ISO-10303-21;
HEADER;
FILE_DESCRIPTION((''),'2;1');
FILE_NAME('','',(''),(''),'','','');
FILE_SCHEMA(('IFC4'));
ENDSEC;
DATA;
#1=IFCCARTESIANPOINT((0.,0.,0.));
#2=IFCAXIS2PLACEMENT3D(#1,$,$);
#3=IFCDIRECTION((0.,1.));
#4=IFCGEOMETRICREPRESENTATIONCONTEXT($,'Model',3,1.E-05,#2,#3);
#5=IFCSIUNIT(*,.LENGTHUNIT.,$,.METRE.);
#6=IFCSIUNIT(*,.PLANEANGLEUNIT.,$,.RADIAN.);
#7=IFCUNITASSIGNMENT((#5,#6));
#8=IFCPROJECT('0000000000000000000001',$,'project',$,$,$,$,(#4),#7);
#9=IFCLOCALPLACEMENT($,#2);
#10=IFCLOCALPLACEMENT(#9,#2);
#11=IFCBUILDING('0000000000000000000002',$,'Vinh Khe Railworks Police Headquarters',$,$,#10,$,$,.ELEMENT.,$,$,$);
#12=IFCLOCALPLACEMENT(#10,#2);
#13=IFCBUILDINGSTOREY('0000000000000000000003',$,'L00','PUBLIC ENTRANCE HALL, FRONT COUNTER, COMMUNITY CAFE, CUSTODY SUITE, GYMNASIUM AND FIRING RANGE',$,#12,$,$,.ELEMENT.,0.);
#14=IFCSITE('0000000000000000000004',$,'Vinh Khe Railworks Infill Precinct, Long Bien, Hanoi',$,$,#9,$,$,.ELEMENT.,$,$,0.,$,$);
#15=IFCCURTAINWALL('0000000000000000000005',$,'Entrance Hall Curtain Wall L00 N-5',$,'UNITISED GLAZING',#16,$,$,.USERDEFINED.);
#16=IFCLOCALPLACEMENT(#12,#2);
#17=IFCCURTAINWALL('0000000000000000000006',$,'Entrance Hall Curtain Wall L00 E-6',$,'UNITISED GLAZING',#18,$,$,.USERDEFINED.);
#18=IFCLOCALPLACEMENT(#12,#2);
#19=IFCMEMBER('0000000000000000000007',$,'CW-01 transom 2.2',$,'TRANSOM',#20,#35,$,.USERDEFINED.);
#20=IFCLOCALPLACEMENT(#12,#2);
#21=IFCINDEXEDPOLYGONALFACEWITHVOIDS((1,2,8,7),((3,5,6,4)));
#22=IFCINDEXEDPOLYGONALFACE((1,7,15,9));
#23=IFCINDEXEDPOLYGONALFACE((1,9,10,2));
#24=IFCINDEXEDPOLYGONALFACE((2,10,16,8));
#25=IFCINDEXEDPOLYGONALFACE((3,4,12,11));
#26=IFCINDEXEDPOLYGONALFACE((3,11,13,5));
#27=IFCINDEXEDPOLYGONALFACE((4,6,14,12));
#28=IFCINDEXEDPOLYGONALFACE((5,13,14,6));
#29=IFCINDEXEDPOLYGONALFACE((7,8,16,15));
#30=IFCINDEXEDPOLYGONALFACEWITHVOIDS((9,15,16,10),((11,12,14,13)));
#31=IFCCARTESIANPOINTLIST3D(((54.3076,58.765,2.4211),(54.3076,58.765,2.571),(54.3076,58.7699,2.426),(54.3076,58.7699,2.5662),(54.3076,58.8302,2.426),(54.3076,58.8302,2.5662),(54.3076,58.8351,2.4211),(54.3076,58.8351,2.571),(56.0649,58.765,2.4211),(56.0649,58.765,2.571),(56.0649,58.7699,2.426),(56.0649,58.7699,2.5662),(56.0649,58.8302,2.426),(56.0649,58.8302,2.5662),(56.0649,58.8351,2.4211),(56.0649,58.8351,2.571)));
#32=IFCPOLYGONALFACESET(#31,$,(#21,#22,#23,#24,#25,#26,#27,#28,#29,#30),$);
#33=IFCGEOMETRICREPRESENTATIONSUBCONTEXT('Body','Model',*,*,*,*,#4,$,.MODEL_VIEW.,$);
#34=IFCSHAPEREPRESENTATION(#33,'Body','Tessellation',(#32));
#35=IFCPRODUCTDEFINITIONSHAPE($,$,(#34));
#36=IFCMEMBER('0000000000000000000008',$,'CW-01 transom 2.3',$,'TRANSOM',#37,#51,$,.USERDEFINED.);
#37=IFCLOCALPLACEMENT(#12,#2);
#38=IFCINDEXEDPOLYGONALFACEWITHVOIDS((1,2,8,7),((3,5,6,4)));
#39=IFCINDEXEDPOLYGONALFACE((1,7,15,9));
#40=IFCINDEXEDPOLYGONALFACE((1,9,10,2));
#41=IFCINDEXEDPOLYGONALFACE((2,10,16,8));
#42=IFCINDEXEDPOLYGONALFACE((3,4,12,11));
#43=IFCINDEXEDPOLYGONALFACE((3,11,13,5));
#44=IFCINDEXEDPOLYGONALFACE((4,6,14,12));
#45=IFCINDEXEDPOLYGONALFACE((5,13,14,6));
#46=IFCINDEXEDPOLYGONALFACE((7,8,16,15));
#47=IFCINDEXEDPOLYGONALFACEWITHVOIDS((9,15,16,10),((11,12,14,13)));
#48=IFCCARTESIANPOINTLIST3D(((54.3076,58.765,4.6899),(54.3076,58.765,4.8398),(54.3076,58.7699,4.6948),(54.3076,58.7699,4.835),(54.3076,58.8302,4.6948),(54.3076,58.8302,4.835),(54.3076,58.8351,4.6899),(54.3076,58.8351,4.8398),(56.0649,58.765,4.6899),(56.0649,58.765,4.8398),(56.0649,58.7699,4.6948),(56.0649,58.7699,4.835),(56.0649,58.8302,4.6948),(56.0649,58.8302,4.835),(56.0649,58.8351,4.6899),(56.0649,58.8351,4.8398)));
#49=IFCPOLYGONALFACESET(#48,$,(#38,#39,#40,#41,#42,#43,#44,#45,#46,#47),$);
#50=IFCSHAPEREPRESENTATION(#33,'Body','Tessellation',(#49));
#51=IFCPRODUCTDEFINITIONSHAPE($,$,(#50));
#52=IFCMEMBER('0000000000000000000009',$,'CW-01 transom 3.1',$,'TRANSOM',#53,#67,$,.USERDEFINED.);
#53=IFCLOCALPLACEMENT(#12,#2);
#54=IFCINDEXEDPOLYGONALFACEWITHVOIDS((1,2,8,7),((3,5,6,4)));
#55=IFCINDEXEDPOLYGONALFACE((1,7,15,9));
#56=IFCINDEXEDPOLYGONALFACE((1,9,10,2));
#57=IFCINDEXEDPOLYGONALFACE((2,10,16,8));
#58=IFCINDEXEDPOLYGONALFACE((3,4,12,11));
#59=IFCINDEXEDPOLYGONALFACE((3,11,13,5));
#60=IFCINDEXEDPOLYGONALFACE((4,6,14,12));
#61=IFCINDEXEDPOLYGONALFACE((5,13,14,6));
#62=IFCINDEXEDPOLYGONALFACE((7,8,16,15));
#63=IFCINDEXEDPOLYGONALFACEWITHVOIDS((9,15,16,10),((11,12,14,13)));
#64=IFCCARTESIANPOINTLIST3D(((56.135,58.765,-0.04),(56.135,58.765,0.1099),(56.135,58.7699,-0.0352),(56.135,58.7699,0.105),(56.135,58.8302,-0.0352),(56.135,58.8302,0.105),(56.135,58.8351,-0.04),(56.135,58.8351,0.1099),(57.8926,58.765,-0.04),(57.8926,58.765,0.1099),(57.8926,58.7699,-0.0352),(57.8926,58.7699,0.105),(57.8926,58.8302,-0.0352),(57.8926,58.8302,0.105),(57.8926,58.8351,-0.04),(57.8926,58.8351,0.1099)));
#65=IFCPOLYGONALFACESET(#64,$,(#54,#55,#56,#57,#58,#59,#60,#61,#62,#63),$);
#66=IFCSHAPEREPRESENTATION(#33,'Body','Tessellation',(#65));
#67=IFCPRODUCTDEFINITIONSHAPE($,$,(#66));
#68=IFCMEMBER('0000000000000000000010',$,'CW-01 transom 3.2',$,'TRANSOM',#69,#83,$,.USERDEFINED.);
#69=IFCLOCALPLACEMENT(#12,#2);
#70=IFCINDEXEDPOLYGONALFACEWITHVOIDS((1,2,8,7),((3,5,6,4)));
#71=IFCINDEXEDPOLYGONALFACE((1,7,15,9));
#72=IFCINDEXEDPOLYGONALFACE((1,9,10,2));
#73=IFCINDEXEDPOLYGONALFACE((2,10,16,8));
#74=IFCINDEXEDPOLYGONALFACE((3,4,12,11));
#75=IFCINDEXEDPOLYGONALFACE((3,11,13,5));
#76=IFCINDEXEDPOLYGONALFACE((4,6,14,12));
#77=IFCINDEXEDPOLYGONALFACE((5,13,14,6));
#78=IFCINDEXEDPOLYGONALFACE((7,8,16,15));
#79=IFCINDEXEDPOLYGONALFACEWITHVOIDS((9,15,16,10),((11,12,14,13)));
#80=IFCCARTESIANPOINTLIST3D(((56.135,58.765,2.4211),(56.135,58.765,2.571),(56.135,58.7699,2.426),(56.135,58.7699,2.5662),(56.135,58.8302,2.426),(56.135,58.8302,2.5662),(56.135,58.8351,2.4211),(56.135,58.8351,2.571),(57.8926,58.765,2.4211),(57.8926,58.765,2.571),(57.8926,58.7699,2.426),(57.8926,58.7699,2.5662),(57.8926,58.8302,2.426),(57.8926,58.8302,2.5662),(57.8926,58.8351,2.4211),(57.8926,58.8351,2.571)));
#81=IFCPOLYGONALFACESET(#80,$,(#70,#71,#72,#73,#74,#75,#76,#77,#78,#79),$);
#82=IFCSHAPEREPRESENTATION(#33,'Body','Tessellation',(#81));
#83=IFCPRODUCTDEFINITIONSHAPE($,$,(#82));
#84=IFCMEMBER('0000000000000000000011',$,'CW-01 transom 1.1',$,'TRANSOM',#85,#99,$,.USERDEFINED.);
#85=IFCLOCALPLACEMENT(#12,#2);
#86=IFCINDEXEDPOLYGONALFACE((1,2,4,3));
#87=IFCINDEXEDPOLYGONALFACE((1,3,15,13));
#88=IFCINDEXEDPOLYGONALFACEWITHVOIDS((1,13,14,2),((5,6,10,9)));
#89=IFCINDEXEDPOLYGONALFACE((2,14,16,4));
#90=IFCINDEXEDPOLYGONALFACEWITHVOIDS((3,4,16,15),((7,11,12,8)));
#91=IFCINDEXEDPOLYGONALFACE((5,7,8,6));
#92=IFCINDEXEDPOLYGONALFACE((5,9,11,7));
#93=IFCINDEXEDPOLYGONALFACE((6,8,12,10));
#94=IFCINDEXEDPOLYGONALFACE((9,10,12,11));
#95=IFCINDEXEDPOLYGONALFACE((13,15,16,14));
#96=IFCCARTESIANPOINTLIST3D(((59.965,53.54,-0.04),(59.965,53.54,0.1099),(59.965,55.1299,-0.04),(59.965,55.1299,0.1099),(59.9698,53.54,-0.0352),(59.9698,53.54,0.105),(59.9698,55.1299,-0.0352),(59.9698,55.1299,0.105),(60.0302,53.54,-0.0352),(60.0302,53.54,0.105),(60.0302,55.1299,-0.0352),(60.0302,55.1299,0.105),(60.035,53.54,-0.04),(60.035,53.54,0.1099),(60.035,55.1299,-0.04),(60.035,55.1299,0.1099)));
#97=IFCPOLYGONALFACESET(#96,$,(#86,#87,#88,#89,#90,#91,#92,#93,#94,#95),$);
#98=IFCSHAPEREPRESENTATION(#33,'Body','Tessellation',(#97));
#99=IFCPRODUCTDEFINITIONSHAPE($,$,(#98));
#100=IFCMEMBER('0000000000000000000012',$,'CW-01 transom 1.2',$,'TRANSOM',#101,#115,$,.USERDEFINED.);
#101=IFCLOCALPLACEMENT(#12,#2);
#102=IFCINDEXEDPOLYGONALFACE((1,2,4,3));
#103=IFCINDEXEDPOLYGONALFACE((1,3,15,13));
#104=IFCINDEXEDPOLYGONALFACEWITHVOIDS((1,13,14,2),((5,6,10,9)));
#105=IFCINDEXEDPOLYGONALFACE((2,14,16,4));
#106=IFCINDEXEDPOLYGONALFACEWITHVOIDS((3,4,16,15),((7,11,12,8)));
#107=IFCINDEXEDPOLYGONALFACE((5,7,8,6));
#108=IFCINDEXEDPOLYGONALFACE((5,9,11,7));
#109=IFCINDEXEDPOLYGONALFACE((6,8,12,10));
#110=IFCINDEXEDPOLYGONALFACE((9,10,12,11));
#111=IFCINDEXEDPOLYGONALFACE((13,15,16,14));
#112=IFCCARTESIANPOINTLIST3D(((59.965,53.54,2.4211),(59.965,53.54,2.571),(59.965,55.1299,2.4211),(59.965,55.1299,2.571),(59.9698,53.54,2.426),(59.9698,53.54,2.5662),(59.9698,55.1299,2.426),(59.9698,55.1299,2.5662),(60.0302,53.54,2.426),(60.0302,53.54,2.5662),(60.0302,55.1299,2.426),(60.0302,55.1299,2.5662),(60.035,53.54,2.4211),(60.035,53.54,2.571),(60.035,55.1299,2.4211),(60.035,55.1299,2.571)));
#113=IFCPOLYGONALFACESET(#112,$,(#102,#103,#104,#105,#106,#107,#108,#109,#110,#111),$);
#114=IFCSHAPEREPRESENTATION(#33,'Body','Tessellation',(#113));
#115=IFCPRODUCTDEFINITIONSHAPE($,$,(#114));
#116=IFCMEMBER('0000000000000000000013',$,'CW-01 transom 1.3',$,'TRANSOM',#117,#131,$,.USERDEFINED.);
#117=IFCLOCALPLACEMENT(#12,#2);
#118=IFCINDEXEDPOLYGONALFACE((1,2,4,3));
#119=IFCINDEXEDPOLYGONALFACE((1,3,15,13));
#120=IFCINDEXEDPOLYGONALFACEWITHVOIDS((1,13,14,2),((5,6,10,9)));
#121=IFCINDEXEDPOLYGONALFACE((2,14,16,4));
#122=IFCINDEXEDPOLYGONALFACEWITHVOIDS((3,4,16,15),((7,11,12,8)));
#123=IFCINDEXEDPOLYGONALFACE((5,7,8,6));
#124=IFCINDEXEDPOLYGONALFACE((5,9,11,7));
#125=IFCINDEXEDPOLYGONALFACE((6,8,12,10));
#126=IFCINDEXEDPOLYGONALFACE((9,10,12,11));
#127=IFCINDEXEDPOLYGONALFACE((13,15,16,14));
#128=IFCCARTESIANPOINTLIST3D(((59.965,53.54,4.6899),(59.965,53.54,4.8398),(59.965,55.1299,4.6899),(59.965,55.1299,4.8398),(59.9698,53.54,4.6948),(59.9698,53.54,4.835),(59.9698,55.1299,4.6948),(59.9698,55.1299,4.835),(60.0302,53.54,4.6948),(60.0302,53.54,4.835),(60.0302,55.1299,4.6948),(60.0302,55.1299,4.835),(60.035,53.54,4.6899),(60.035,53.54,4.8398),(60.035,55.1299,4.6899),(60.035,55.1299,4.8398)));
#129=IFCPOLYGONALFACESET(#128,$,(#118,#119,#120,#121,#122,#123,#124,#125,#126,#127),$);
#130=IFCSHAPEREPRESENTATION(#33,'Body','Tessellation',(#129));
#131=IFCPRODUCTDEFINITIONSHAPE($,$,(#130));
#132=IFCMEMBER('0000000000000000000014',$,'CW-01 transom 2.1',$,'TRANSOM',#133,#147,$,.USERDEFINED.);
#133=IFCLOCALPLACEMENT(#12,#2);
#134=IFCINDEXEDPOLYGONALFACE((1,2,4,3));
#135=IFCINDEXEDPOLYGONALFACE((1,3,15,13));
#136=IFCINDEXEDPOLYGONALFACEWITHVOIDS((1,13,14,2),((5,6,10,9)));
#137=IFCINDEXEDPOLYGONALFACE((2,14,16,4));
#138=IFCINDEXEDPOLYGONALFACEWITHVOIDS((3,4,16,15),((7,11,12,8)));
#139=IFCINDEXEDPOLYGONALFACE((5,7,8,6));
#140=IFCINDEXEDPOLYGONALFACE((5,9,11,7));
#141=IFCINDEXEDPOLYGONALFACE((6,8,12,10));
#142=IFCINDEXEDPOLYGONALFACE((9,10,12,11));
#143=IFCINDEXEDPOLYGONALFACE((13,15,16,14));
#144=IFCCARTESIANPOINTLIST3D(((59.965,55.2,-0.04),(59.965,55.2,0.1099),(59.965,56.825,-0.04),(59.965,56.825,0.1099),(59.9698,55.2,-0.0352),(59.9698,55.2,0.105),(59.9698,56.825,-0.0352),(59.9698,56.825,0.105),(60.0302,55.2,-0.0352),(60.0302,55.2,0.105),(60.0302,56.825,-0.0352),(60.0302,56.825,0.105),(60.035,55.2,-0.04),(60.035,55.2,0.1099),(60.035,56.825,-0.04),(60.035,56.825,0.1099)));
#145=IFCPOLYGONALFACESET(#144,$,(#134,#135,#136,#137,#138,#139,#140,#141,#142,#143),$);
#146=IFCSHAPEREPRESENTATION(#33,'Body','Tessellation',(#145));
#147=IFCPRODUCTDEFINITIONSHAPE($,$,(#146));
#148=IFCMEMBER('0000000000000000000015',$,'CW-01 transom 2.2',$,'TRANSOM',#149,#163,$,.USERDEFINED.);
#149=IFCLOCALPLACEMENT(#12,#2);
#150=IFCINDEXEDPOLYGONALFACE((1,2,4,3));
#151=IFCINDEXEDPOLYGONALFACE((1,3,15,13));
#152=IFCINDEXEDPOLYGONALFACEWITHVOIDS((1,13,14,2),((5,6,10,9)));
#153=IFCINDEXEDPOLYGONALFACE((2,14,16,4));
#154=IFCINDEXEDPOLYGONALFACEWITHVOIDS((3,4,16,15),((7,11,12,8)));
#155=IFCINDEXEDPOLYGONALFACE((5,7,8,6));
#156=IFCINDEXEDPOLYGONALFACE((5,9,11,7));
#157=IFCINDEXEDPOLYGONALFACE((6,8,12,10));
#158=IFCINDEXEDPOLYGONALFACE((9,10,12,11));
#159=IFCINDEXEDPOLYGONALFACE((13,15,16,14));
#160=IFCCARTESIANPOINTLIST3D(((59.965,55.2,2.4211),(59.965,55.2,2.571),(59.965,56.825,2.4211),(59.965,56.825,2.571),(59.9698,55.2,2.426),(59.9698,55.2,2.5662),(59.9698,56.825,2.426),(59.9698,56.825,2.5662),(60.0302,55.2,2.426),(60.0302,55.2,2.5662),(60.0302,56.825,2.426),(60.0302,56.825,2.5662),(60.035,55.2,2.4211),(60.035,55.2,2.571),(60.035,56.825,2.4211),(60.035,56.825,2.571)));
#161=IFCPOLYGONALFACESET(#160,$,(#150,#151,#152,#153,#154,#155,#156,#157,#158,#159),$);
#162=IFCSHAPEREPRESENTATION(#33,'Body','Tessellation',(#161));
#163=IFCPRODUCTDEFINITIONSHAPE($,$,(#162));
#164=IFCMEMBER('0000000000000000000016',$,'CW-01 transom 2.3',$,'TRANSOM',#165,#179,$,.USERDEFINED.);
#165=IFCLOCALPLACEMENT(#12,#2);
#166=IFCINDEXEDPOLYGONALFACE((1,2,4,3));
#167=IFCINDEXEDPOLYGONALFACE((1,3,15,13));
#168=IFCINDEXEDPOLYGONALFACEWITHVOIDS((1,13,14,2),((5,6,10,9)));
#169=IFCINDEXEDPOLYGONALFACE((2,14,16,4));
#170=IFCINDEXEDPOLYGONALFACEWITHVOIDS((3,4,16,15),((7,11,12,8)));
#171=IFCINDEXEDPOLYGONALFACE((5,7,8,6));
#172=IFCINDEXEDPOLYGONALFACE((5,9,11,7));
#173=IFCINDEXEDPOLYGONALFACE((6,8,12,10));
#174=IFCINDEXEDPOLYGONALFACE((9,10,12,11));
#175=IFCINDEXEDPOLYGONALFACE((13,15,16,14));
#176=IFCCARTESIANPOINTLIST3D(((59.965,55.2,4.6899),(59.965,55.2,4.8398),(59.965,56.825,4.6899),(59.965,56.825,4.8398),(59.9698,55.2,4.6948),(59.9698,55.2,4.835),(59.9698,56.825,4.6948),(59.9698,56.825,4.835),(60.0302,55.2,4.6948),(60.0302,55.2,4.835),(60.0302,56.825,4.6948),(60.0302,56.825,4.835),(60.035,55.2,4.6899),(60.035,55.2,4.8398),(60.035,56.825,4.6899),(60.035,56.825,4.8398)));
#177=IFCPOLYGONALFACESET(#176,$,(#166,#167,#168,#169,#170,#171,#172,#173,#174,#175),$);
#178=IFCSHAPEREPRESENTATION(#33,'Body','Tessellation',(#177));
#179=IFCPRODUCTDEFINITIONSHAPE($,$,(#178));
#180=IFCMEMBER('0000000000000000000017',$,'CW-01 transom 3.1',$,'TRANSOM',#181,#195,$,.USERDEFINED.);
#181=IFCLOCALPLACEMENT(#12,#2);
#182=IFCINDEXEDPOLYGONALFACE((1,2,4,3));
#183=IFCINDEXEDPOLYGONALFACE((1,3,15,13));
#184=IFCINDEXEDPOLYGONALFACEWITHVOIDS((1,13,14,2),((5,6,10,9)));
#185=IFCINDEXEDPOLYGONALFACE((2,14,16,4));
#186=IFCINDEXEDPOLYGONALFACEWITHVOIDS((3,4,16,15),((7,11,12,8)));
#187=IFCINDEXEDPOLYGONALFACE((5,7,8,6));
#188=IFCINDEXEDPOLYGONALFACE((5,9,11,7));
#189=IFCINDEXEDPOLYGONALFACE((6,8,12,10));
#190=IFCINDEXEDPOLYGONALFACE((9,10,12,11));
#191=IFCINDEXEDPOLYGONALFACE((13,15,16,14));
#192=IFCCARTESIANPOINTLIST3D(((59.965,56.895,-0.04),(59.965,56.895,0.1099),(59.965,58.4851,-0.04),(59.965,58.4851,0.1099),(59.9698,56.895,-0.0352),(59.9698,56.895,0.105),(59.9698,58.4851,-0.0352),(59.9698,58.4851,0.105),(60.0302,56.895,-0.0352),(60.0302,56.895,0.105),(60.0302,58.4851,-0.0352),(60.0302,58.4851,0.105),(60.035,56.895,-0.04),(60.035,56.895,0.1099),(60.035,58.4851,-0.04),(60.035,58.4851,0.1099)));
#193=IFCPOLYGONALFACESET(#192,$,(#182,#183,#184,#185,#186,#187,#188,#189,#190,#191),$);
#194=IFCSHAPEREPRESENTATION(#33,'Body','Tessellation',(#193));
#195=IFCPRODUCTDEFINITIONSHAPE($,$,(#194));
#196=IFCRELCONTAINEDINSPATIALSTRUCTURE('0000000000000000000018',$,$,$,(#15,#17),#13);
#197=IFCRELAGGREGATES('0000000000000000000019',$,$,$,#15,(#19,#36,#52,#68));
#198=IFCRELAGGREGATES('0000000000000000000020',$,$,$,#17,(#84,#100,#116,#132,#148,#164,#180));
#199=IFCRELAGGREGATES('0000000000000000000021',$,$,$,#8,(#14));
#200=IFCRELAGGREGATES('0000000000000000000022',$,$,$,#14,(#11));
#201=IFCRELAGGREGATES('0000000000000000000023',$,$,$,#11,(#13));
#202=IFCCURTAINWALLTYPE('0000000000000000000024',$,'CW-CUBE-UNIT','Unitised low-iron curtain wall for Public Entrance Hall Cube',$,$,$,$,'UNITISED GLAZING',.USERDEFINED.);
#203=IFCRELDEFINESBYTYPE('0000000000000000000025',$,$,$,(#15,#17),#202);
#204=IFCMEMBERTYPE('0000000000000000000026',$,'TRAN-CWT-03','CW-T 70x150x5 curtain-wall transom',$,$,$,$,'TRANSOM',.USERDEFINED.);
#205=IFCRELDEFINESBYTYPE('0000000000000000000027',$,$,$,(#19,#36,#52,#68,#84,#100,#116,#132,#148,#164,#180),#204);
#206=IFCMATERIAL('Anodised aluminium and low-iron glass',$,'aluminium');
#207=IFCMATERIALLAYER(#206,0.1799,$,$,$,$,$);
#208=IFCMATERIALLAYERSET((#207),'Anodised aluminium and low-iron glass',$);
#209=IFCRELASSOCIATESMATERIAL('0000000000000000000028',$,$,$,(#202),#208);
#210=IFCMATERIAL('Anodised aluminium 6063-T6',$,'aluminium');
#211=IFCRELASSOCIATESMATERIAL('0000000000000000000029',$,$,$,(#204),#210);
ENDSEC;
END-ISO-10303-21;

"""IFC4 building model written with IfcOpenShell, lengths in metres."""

from ifc_helpers import new_model, si_unit, direction, frame, origin, origin_2d, place, context, subcontext, project, spatial, hollow_rectangle, extrude, material, layer, layer_set, material_profile, profile_set, type_object, element, aggregate, save


model = new_model("IFC4")

# Units and contexts
model_context = context("Model", 3, precision=1e-05, world=origin(), true_north=direction((0.0, 1.0)))
body_context = subcontext(model_context, "Body", "Model", "MODEL_VIEW")
ifc_project = project(units=[si_unit("LENGTHUNIT", "METRE"), si_unit("PLANEANGLEUNIT", "RADIAN")], contexts=[model_context])

# Site, building, storey
site_placement = place(None, origin())
site = spatial("IfcSite", under=ifc_project, at=site_placement, Name="Vinh Khe Railworks Infill Precinct, Long Bien, Hanoi", CompositionType="ELEMENT", RefElevation=0.0)
building_placement = place(site_placement, origin())
building = spatial("IfcBuilding", under=site, at=building_placement, Name="Vinh Khe Railworks Police Headquarters", CompositionType="ELEMENT")
storey_placement = place(building_placement, origin())
storey = spatial("IfcBuildingStorey", under=building, at=storey_placement, Name="L00", Description="PUBLIC ENTRANCE HALL, FRONT COUNTER, COMMUNITY CAFE, CUSTODY SUITE, GYMNASIUM AND FIRING RANGE", CompositionType="ELEMENT", Elevation=0.0)

# Curtain walls
ifc_material_1 = material(Name="Anodised aluminium and low-iron glass", Category="aluminium")
ifc_layer_1 = layer(ifc_material_1, 0.1799)
ifc_layer_set_1 = layer_set([ifc_layer_1], Name="Anodised aluminium and low-iron glass")
curtain_wall_type = type_object("IfcCurtainWallType", Name="CW-CUBE-UNIT", Description="Unitised low-iron curtain wall for Public Entrance Hall Cube", ElementType="UNITISED GLAZING", PredefinedType="USERDEFINED", material=ifc_layer_set_1)
curtain_wall_1_placement = place(storey_placement, origin())
curtain_wall_1 = element("IfcCurtainWall", 1, at=curtain_wall_1_placement, inside=storey, type_object=curtain_wall_type, Name="Entrance Hall Curtain Wall L00 N-5", ObjectType="UNITISED GLAZING", PredefinedType="USERDEFINED")
ifc_material_2 = material(Name="Anodised aluminium 6063-T6", Category="aluminium")
curtain_wall_2_placement = place(storey_placement, origin())
curtain_wall_2 = element("IfcCurtainWall", 2, at=curtain_wall_2_placement, inside=storey, type_object=curtain_wall_type, Name="Entrance Hall Curtain Wall L00 E-6", ObjectType="UNITISED GLAZING", PredefinedType="USERDEFINED")

# Members
ifc_material_profile_1 = material_profile(ifc_material_2, hollow_rectangle(XDim=0.0701, YDim=0.1499, WallThickness=0.0049, at=origin_2d()), Name="CW-T 70x150x5")
ifc_profile_set_1 = profile_set([ifc_material_profile_1], Name="Anodised aluminium 6063-T6")
member_type_1 = type_object("IfcMemberType", Name="TRAN-CWT-03", Description="CW-T 70x150x5 curtain-wall transom", ElementType="TRANSOM", PredefinedType="USERDEFINED", material=ifc_profile_set_1)
member_1_placement = place(storey_placement, frame((54.3076, 58.8, 2.4961), z_axis=(1.0, 0.0, 0.0), x_axis=(0.0, 1.0, 0.0)))
member_1 = element("IfcMember", 3, at=member_1_placement, type_object=member_type_1, Name="CW-01 transom 2.2", ObjectType="TRANSOM", PredefinedType="USERDEFINED", context=body_context, shape_type="SweptSolid", body=[
    extrude(hollow_rectangle(XDim=0.0701, YDim=0.1499, WallThickness=0.0049, at=origin_2d()), origin(), (0.0, 0.0, 1.0), 1.7573),
])
member_2_placement = place(storey_placement, frame((54.3076, 58.8, 4.7649), z_axis=(1.0, 0.0, 0.0), x_axis=(0.0, 1.0, 0.0)))
member_2 = element("IfcMember", 4, at=member_2_placement, type_object=member_type_1, Name="CW-01 transom 2.3", ObjectType="TRANSOM", PredefinedType="USERDEFINED", context=body_context, shape_type="SweptSolid", body=[
    extrude(hollow_rectangle(XDim=0.0701, YDim=0.1499, WallThickness=0.0049, at=origin_2d()), origin(), (0.0, 0.0, 1.0), 1.7573),
])
member_3_placement = place(storey_placement, frame((56.135, 58.8, 0.0349), z_axis=(1.0, 0.0, 0.0), x_axis=(0.0, 1.0, 0.0)))
member_3 = element("IfcMember", 5, at=member_3_placement, type_object=member_type_1, Name="CW-01 transom 3.1", ObjectType="TRANSOM", PredefinedType="USERDEFINED", context=body_context, shape_type="SweptSolid", body=[
    extrude(hollow_rectangle(XDim=0.0701, YDim=0.1499, WallThickness=0.0049, at=origin_2d()), origin(), (0.0, 0.0, 1.0), 1.7576),
])
member_4_placement = place(storey_placement, frame((56.135, 58.8, 2.4961), z_axis=(1.0, 0.0, 0.0), x_axis=(0.0, 1.0, 0.0)))
member_4 = element("IfcMember", 6, at=member_4_placement, type_object=member_type_1, Name="CW-01 transom 3.2", ObjectType="TRANSOM", PredefinedType="USERDEFINED", context=body_context, shape_type="SweptSolid", body=[
    extrude(hollow_rectangle(XDim=0.0701, YDim=0.1499, WallThickness=0.0049, at=origin_2d()), origin(), (0.0, 0.0, 1.0), 1.7576),
])
member_5_placement = place(storey_placement, frame((60.0, 53.54, 0.0349), z_axis=(0.0, 1.0, 0.0), x_axis=(-1.0, 0.0, 0.0)))
member_5 = element("IfcMember", 7, at=member_5_placement, type_object=member_type_1, Name="CW-01 transom 1.1", ObjectType="TRANSOM", PredefinedType="USERDEFINED", context=body_context, shape_type="SweptSolid", body=[
    extrude(hollow_rectangle(XDim=0.0701, YDim=0.1499, WallThickness=0.0049, at=origin_2d()), origin(), (0.0, 0.0, 1.0), 1.5898),
])
member_6_placement = place(storey_placement, frame((60.0, 53.54, 2.4961), z_axis=(0.0, 1.0, 0.0), x_axis=(-1.0, 0.0, 0.0)))
member_6 = element("IfcMember", 8, at=member_6_placement, type_object=member_type_1, Name="CW-01 transom 1.2", ObjectType="TRANSOM", PredefinedType="USERDEFINED", context=body_context, shape_type="SweptSolid", body=[
    extrude(hollow_rectangle(XDim=0.0701, YDim=0.1499, WallThickness=0.0049, at=origin_2d()), origin(), (0.0, 0.0, 1.0), 1.5898),
])
member_7_placement = place(storey_placement, frame((60.0, 53.54, 4.7649), z_axis=(0.0, 1.0, 0.0), x_axis=(-1.0, 0.0, 0.0)))
member_7 = element("IfcMember", 9, at=member_7_placement, type_object=member_type_1, Name="CW-01 transom 1.3", ObjectType="TRANSOM", PredefinedType="USERDEFINED", context=body_context, shape_type="SweptSolid", body=[
    extrude(hollow_rectangle(XDim=0.0701, YDim=0.1499, WallThickness=0.0049, at=origin_2d()), origin(), (0.0, 0.0, 1.0), 1.5898),
])
member_8_placement = place(storey_placement, frame((60.0, 55.2, 0.0349), z_axis=(0.0, 1.0, 0.0), x_axis=(-1.0, 0.0, 0.0)))
member_8 = element("IfcMember", 10, at=member_8_placement, type_object=member_type_1, Name="CW-01 transom 2.1", ObjectType="TRANSOM", PredefinedType="USERDEFINED", context=body_context, shape_type="SweptSolid", body=[
    extrude(hollow_rectangle(XDim=0.0701, YDim=0.1499, WallThickness=0.0049, at=origin_2d()), origin(), (0.0, 0.0, 1.0), 1.625),
])
member_9_placement = place(storey_placement, frame((60.0, 55.2, 2.4961), z_axis=(0.0, 1.0, 0.0), x_axis=(-1.0, 0.0, 0.0)))
member_9 = element("IfcMember", 11, at=member_9_placement, type_object=member_type_1, Name="CW-01 transom 2.2", ObjectType="TRANSOM", PredefinedType="USERDEFINED", context=body_context, shape_type="SweptSolid", body=[
    extrude(hollow_rectangle(XDim=0.0701, YDim=0.1499, WallThickness=0.0049, at=origin_2d()), origin(), (0.0, 0.0, 1.0), 1.625),
])
member_10_placement = place(storey_placement, frame((60.0, 55.2, 4.7649), z_axis=(0.0, 1.0, 0.0), x_axis=(-1.0, 0.0, 0.0)))
member_10 = element("IfcMember", 12, at=member_10_placement, type_object=member_type_1, Name="CW-01 transom 2.3", ObjectType="TRANSOM", PredefinedType="USERDEFINED", context=body_context, shape_type="SweptSolid", body=[
    extrude(hollow_rectangle(XDim=0.0701, YDim=0.1499, WallThickness=0.0049, at=origin_2d()), origin(), (0.0, 0.0, 1.0), 1.625),
])
member_11_placement = place(storey_placement, frame((60.0, 56.895, 0.0349), z_axis=(0.0, 1.0, 0.0), x_axis=(-1.0, 0.0, 0.0)))
member_11 = element("IfcMember", 13, at=member_11_placement, type_object=member_type_1, Name="CW-01 transom 3.1", ObjectType="TRANSOM", PredefinedType="USERDEFINED", context=body_context, shape_type="SweptSolid", body=[
    extrude(hollow_rectangle(XDim=0.0701, YDim=0.1499, WallThickness=0.0049, at=origin_2d()), origin(), (0.0, 0.0, 1.0), 1.5901),
])

aggregate(curtain_wall_1, [member_1, member_2, member_3, member_4])
aggregate(curtain_wall_2, [member_5, member_6, member_7, member_8, member_9, member_10, member_11])

save(model, "model.ifc")
